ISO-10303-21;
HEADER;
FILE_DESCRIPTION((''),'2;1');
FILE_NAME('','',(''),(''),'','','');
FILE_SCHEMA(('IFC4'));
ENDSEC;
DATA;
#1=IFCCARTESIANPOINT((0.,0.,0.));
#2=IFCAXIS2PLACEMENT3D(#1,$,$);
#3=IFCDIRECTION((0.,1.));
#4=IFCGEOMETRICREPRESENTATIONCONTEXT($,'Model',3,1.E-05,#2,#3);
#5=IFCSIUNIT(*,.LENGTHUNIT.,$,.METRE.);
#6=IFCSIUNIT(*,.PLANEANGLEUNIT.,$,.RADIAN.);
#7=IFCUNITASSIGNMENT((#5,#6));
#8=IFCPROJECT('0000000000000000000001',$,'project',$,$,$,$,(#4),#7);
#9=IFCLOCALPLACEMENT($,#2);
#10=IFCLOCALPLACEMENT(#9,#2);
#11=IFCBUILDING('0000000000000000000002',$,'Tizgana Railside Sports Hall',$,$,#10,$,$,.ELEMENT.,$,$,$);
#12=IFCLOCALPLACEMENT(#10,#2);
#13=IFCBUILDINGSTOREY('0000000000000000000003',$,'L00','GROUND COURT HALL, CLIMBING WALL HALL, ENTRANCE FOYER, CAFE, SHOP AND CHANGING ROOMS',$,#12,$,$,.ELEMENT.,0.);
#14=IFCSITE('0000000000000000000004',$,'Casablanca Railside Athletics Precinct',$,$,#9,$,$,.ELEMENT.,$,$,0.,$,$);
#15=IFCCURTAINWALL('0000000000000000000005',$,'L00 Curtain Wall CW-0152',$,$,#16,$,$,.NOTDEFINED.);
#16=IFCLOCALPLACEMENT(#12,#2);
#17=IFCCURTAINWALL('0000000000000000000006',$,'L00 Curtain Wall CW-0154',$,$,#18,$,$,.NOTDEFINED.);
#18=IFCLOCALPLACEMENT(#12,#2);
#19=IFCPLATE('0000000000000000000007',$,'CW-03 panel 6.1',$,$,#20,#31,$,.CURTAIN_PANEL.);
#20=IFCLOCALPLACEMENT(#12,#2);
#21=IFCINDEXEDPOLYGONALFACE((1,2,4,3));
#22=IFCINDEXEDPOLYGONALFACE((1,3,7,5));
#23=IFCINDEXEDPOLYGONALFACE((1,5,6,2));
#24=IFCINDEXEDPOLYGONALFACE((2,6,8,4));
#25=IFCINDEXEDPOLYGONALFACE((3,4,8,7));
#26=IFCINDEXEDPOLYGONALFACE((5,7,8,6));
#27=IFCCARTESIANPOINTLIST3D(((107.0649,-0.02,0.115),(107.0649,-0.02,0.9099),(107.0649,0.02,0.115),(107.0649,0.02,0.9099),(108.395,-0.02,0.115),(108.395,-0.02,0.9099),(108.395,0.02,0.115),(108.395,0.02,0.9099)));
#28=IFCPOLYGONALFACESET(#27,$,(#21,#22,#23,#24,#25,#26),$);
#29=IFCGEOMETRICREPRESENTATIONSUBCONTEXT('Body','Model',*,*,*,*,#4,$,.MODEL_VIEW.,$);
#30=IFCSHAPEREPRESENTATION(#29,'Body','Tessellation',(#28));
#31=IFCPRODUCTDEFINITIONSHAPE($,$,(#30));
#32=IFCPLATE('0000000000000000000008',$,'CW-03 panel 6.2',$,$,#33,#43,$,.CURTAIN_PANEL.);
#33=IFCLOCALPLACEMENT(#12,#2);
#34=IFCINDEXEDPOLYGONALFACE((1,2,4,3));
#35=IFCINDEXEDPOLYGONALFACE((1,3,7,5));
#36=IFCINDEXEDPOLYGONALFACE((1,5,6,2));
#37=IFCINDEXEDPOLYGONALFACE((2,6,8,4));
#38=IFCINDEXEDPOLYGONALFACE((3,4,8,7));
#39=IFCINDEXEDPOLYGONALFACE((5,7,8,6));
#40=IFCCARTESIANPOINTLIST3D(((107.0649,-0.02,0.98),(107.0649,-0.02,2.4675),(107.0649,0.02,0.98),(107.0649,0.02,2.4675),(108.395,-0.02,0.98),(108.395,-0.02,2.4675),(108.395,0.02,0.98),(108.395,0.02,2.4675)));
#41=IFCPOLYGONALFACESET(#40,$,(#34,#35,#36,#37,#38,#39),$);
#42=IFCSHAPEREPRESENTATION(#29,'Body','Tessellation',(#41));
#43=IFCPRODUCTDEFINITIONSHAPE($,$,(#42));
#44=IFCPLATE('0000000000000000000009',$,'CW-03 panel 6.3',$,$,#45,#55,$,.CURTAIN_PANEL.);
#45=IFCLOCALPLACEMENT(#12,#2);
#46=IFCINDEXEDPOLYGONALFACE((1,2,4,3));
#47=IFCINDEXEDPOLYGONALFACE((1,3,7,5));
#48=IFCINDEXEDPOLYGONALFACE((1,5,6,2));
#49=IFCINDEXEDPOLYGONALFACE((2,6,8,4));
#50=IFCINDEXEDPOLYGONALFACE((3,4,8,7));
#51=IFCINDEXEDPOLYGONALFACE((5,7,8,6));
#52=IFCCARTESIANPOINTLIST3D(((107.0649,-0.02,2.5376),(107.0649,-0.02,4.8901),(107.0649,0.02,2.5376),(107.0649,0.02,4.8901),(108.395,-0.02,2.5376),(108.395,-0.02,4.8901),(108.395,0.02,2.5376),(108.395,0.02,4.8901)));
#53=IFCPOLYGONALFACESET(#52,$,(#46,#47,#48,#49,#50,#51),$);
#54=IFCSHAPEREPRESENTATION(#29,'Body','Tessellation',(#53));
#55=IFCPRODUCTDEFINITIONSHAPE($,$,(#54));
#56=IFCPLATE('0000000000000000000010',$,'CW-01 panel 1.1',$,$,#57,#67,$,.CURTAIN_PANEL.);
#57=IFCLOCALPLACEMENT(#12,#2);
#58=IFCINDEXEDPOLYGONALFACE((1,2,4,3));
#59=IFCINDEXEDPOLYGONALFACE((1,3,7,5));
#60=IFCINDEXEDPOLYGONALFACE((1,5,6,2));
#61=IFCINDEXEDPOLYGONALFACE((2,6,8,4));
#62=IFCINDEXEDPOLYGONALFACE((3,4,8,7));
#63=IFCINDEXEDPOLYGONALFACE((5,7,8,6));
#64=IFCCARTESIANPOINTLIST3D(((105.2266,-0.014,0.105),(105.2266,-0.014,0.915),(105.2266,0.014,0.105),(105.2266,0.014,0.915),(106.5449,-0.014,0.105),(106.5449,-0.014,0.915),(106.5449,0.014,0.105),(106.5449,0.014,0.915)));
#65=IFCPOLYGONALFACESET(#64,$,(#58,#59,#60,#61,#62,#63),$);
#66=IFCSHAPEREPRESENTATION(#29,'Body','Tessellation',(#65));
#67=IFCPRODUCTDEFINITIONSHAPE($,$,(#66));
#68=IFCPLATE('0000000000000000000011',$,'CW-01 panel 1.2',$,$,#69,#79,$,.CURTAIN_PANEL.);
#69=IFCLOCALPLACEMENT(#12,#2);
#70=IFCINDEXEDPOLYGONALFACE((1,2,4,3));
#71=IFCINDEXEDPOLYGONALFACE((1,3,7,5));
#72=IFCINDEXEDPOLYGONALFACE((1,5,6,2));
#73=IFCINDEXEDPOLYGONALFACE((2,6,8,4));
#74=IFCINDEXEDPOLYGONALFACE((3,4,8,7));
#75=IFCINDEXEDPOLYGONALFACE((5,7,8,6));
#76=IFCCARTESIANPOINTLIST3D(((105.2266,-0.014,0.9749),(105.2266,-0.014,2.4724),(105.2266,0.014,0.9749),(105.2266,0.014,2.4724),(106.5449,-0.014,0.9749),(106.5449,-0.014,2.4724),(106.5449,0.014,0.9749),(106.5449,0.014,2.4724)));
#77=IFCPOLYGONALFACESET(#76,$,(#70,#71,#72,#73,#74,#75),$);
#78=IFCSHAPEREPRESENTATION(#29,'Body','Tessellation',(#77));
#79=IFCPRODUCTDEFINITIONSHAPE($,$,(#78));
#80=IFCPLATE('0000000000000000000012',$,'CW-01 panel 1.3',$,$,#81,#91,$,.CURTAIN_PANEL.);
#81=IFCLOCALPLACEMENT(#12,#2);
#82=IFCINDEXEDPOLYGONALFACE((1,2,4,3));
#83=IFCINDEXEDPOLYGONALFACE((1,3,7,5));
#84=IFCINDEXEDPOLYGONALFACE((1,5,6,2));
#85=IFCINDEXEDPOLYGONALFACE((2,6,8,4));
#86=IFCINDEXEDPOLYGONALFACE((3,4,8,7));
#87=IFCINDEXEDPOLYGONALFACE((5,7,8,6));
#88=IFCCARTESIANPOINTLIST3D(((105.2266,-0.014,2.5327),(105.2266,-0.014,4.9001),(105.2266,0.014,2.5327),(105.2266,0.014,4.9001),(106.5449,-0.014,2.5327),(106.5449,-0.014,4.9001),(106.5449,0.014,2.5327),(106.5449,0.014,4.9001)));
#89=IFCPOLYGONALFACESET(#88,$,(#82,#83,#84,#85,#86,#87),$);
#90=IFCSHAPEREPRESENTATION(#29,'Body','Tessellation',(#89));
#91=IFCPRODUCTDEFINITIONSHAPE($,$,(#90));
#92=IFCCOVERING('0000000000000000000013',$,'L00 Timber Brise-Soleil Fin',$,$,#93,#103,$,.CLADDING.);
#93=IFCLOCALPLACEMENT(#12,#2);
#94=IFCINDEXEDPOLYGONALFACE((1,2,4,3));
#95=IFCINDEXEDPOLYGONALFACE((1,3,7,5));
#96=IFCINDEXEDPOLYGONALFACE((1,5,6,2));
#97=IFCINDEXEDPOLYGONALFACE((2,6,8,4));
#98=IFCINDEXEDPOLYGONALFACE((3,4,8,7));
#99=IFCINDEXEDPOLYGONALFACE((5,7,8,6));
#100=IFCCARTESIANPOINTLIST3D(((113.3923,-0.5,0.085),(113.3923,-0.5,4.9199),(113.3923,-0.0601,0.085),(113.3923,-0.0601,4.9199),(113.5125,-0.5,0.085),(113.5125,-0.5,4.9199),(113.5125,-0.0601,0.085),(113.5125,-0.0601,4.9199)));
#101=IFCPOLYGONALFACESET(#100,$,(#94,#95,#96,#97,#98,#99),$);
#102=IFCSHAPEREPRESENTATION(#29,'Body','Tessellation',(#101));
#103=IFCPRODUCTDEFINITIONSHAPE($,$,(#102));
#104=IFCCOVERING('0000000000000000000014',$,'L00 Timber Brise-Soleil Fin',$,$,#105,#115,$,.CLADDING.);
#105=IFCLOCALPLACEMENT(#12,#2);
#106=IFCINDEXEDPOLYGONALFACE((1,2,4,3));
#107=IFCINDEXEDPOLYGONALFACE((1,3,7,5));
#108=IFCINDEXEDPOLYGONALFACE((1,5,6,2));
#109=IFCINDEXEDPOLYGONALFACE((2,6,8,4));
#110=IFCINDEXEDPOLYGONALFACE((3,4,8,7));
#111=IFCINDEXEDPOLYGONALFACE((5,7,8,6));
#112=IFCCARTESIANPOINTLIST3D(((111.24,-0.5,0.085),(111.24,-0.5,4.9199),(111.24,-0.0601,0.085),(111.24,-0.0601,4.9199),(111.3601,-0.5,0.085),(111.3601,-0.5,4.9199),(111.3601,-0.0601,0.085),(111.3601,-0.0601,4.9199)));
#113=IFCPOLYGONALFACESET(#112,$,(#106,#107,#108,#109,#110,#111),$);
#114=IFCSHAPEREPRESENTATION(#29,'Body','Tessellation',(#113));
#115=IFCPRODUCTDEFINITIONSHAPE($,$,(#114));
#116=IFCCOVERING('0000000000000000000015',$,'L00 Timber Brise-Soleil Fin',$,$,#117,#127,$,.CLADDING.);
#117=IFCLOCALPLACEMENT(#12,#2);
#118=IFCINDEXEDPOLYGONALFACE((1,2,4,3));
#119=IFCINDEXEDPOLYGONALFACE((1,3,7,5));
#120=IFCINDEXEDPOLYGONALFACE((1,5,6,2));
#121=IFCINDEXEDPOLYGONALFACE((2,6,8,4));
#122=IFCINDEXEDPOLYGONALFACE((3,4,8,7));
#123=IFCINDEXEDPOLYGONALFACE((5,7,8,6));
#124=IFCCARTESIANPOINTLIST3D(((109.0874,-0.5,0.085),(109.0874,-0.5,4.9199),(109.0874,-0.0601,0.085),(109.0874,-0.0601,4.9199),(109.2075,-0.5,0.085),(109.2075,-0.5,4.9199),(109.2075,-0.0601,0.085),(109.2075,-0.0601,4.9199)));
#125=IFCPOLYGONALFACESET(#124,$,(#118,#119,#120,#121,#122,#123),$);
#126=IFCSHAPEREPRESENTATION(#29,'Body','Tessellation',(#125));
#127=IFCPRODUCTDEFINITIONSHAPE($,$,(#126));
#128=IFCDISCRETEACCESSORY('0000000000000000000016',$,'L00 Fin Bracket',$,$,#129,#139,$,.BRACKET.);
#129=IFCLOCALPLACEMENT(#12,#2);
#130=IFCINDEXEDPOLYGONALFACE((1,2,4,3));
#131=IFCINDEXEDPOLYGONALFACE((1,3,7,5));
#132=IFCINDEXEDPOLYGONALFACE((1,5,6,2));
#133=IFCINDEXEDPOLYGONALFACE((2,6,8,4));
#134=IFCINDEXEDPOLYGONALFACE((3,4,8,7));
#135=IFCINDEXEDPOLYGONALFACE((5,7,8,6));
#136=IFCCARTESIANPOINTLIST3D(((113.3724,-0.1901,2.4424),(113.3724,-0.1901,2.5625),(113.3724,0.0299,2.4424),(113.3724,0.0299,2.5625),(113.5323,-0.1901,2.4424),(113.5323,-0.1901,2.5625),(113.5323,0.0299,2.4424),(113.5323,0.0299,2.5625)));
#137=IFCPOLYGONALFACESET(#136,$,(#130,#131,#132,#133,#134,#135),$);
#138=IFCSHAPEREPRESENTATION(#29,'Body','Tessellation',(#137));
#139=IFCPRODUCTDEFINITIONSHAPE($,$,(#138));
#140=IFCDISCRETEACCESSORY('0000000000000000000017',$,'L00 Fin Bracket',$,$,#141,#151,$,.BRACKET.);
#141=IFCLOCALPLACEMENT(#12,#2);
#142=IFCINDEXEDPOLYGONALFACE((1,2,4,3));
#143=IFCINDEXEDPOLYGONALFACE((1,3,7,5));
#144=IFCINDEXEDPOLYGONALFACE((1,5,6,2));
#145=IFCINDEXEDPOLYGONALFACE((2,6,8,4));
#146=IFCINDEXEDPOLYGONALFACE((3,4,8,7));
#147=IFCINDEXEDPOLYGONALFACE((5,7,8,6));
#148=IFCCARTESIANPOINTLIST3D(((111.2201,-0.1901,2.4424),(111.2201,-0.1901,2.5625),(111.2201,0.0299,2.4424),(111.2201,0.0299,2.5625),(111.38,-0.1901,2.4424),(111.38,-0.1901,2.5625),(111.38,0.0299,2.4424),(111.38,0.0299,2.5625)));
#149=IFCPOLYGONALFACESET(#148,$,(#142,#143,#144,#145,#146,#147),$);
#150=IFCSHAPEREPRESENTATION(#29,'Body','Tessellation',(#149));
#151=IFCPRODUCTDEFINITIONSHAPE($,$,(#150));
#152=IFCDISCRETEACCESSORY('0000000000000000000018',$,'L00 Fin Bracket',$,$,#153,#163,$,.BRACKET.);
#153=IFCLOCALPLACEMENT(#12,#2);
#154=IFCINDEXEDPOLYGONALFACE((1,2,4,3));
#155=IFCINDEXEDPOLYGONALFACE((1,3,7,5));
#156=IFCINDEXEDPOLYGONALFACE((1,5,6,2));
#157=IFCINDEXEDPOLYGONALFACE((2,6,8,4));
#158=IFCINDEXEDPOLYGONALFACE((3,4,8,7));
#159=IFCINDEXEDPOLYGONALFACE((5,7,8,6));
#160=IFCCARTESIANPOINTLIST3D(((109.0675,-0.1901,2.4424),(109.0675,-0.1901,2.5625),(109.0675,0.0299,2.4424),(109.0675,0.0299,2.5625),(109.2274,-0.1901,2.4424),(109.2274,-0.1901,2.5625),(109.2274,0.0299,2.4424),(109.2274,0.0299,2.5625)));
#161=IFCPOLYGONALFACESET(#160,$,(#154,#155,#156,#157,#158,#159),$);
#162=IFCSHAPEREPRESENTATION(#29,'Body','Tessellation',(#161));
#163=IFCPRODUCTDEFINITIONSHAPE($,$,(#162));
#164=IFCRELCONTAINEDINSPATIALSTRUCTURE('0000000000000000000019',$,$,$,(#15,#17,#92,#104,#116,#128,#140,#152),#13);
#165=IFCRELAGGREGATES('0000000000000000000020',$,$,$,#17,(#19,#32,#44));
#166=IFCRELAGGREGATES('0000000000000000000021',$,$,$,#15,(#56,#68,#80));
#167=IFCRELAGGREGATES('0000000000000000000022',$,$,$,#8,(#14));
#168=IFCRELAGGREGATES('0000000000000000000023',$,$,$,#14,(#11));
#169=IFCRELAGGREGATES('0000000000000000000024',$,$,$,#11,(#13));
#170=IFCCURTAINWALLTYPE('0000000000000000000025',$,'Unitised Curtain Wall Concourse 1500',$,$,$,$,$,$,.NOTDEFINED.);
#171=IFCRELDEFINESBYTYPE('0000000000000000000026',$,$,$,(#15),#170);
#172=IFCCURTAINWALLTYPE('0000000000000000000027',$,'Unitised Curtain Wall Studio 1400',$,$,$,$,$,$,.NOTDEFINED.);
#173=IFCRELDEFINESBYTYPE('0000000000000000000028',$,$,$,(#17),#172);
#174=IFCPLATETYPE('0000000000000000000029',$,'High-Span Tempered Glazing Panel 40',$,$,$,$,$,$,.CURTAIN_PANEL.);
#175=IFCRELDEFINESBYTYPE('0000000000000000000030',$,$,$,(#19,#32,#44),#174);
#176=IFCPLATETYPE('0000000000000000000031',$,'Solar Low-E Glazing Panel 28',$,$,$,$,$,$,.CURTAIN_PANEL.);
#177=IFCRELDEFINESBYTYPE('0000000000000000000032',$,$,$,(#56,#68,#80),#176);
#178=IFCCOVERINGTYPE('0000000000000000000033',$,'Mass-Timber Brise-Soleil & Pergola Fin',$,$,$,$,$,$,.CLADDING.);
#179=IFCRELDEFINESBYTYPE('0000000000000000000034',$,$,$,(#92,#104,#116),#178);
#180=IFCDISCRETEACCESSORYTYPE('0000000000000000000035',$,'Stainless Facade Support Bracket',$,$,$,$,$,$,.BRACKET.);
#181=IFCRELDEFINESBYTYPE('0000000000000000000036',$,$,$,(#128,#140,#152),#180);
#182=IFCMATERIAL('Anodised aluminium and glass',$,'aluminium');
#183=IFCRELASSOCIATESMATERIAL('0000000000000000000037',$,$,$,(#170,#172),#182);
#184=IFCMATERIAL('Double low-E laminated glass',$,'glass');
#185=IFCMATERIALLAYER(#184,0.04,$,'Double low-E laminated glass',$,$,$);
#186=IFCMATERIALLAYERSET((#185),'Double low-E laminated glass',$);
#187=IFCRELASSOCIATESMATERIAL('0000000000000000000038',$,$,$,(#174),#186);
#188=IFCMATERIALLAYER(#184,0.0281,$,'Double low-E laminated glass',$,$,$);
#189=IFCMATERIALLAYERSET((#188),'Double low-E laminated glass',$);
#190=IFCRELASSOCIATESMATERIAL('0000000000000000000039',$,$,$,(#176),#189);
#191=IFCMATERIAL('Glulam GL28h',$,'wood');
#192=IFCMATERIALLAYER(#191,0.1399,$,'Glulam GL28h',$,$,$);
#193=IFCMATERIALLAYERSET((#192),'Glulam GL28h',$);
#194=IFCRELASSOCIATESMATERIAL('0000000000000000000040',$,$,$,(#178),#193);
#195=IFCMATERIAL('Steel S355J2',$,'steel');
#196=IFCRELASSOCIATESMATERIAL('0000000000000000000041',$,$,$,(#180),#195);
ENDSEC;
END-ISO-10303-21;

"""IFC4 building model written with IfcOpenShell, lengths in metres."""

from ifc_helpers import new_model, si_unit, direction, frame, origin, origin_2d, place, context, subcontext, project, spatial, rectangle, extrude, material, layer, layer_set, type_object, element, aggregate, save


model = new_model("IFC4")

# Units and contexts
model_context = context("Model", 3, precision=1e-05, world=origin(), true_north=direction((0.0, 1.0)))
body_context = subcontext(model_context, "Body", "Model", "MODEL_VIEW")
ifc_project = project(units=[si_unit("LENGTHUNIT", "METRE"), si_unit("PLANEANGLEUNIT", "RADIAN")], contexts=[model_context])

# Site, building, storey
site_placement = place(None, origin())
site = spatial("IfcSite", under=ifc_project, at=site_placement, Name="Casablanca Railside Athletics Precinct", CompositionType="ELEMENT", RefElevation=0.0)
building_placement = place(site_placement, origin())
building = spatial("IfcBuilding", under=site, at=building_placement, Name="Tizgana Railside Sports Hall", CompositionType="ELEMENT")
storey_placement = place(building_placement, origin())
storey = spatial("IfcBuildingStorey", under=building, at=storey_placement, Name="L00", Description="GROUND COURT HALL, CLIMBING WALL HALL, ENTRANCE FOYER, CAFE, SHOP AND CHANGING ROOMS", CompositionType="ELEMENT", Elevation=0.0)

# Shared definitions
ifc_material_1 = material(Name="Steel S355J2", Category="steel")

# Curtain walls
ifc_material_2 = material(Name="Anodised aluminium and glass", Category="aluminium")
curtain_wall_type_1 = type_object("IfcCurtainWallType", Name="Unitised Curtain Wall Concourse 1500", PredefinedType="NOTDEFINED", material=ifc_material_2)
curtain_wall_1_placement = place(storey_placement, origin())
curtain_wall_1 = element("IfcCurtainWall", 1, at=curtain_wall_1_placement, inside=storey, type_object=curtain_wall_type_1, Name="L00 Curtain Wall CW-0152", PredefinedType="NOTDEFINED")
curtain_wall_type_2 = type_object("IfcCurtainWallType", Name="Unitised Curtain Wall Studio 1400", PredefinedType="NOTDEFINED", material=ifc_material_2)
curtain_wall_2_placement = place(storey_placement, origin())
curtain_wall_2 = element("IfcCurtainWall", 2, at=curtain_wall_2_placement, inside=storey, type_object=curtain_wall_type_2, Name="L00 Curtain Wall CW-0154", PredefinedType="NOTDEFINED")

# Plates
ifc_material_3 = material(Name="Double low-E laminated glass", Category="glass")
ifc_layer_1 = layer(ifc_material_3, 0.04, Name="Double low-E laminated glass")
ifc_layer_set_1 = layer_set([ifc_layer_1], Name="Double low-E laminated glass")
plate_type_1 = type_object("IfcPlateType", Name="High-Span Tempered Glazing Panel 40", PredefinedType="CURTAIN_PANEL", material=ifc_layer_set_1)
plate_1_placement = place(storey_placement, frame((107.73, 0.0, 0.115), z_axis=(0.0, 0.0, 1.0), x_axis=(-1.0, 0.0, 0.0)))
plate_1 = element("IfcPlate", 3, at=plate_1_placement, type_object=plate_type_1, Name="CW-03 panel 6.1", PredefinedType="CURTAIN_PANEL", context=body_context, shape_type="SweptSolid", body=[
    extrude(rectangle(XDim=1.3301, YDim=0.04, at=origin_2d()), origin(), (0.0, 0.0, 1.0), 0.7949),
])
plate_2_placement = place(storey_placement, frame((107.73, 0.0, 0.98), z_axis=(0.0, 0.0, 1.0), x_axis=(-1.0, 0.0, 0.0)))
plate_2 = element("IfcPlate", 4, at=plate_2_placement, type_object=plate_type_1, Name="CW-03 panel 6.2", PredefinedType="CURTAIN_PANEL", context=body_context, shape_type="SweptSolid", body=[
    extrude(rectangle(XDim=1.3301, YDim=0.04, at=origin_2d()), origin(), (0.0, 0.0, 1.0), 1.4875),
])
plate_3_placement = place(storey_placement, frame((107.73, 0.0, 2.5376), z_axis=(0.0, 0.0, 1.0), x_axis=(-1.0, 0.0, 0.0)))
plate_3 = element("IfcPlate", 5, at=plate_3_placement, type_object=plate_type_1, Name="CW-03 panel 6.3", PredefinedType="CURTAIN_PANEL", context=body_context, shape_type="SweptSolid", body=[
    extrude(rectangle(XDim=1.3301, YDim=0.04, at=origin_2d()), origin(), (0.0, 0.0, 1.0), 2.3525),
])
aggregate(curtain_wall_2, [plate_1, plate_2, plate_3])
ifc_layer_2 = layer(ifc_material_3, 0.0281, Name="Double low-E laminated glass")
ifc_layer_set_2 = layer_set([ifc_layer_2], Name="Double low-E laminated glass")
plate_type_2 = type_object("IfcPlateType", Name="Solar Low-E Glazing Panel 28", PredefinedType="CURTAIN_PANEL", material=ifc_layer_set_2)
plate_4_placement = place(storey_placement, frame((105.8857, 0.0, 0.105), z_axis=(0.0, 0.0, 1.0), x_axis=(-1.0, 0.0, 0.0)))
plate_4 = element("IfcPlate", 6, at=plate_4_placement, type_object=plate_type_2, Name="CW-01 panel 1.1", PredefinedType="CURTAIN_PANEL", context=body_context, shape_type="SweptSolid", body=[
    extrude(rectangle(XDim=1.3184, YDim=0.0281, at=origin_2d()), origin(), (0.0, 0.0, 1.0), 0.8101),
])
plate_5_placement = place(storey_placement, frame((105.8857, 0.0, 0.9749), z_axis=(0.0, 0.0, 1.0), x_axis=(-1.0, 0.0, 0.0)))
plate_5 = element("IfcPlate", 7, at=plate_5_placement, type_object=plate_type_2, Name="CW-01 panel 1.2", PredefinedType="CURTAIN_PANEL", context=body_context, shape_type="SweptSolid", body=[
    extrude(rectangle(XDim=1.3184, YDim=0.0281, at=origin_2d()), origin(), (0.0, 0.0, 1.0), 1.4976),
])
plate_6_placement = place(storey_placement, frame((105.8857, 0.0, 2.5327), z_axis=(0.0, 0.0, 1.0), x_axis=(-1.0, 0.0, 0.0)))
plate_6 = element("IfcPlate", 8, at=plate_6_placement, type_object=plate_type_2, Name="CW-01 panel 1.3", PredefinedType="CURTAIN_PANEL", context=body_context, shape_type="SweptSolid", body=[
    extrude(rectangle(XDim=1.3184, YDim=0.0281, at=origin_2d()), origin(), (0.0, 0.0, 1.0), 2.3674),
])
aggregate(curtain_wall_1, [plate_4, plate_5, plate_6])

# Coverings
ifc_material_4 = material(Name="Glulam GL28h", Category="wood")
ifc_layer_3 = layer(ifc_material_4, 0.1399, Name="Glulam GL28h")
ifc_layer_set_3 = layer_set([ifc_layer_3], Name="Glulam GL28h")
covering_type = type_object("IfcCoveringType", Name="Mass-Timber Brise-Soleil & Pergola Fin", PredefinedType="CLADDING", material=ifc_layer_set_3)
for number, where, z_axis, x_axis, name in (
    (9, (113.4524, -0.28, 0.085), (0.0, 0.0, 1.0), (-1.0, 0.0, 0.0), "L00 Timber Brise-Soleil Fin"),
    (10, (111.3, -0.28, 0.085), (0.0, 0.0, 1.0), (-1.0, 0.0, 0.0), "L00 Timber Brise-Soleil Fin"),
    (11, (109.1475, -0.28, 0.085), (0.0, 0.0, 1.0), (-1.0, 0.0, 0.0), "L00 Timber Brise-Soleil Fin"),
):
    element("IfcCovering", number, at=place(storey_placement, frame(where, z_axis=z_axis, x_axis=x_axis)), inside=storey, type_object=covering_type, Name=name, PredefinedType="CLADDING", context=body_context, shape_type="SweptSolid", body=[
        extrude(rectangle(XDim=0.1201, YDim=0.4399, at=origin_2d()), origin(), (0.0, 0.0, 1.0), 4.835),
    ])

# Discrete accessories
discrete_accessory_type = type_object("IfcDiscreteAccessoryType", Name="Stainless Facade Support Bracket", PredefinedType="BRACKET", material=ifc_material_1)
for number, where, z_axis, x_axis, name in (
    (12, (113.4524, -0.0801, 2.4424), (0.0, 0.0, 1.0), (-1.0, 0.0, 0.0), "L00 Fin Bracket"),
    (13, (111.3, -0.0801, 2.4424), (0.0, 0.0, 1.0), (-1.0, 0.0, 0.0), "L00 Fin Bracket"),
    (14, (109.1475, -0.0801, 2.4424), (0.0, 0.0, 1.0), (-1.0, 0.0, 0.0), "L00 Fin Bracket"),
):
    element("IfcDiscreteAccessory", number, at=place(storey_placement, frame(where, z_axis=z_axis, x_axis=x_axis)), inside=storey, type_object=discrete_accessory_type, Name=name, PredefinedType="BRACKET", context=body_context, shape_type="SweptSolid", body=[
        extrude(rectangle(XDim=0.1599, YDim=0.22, at=origin_2d()), origin(), (0.0, 0.0, 1.0), 0.1201),
    ])

save(model, "model.ifc")
